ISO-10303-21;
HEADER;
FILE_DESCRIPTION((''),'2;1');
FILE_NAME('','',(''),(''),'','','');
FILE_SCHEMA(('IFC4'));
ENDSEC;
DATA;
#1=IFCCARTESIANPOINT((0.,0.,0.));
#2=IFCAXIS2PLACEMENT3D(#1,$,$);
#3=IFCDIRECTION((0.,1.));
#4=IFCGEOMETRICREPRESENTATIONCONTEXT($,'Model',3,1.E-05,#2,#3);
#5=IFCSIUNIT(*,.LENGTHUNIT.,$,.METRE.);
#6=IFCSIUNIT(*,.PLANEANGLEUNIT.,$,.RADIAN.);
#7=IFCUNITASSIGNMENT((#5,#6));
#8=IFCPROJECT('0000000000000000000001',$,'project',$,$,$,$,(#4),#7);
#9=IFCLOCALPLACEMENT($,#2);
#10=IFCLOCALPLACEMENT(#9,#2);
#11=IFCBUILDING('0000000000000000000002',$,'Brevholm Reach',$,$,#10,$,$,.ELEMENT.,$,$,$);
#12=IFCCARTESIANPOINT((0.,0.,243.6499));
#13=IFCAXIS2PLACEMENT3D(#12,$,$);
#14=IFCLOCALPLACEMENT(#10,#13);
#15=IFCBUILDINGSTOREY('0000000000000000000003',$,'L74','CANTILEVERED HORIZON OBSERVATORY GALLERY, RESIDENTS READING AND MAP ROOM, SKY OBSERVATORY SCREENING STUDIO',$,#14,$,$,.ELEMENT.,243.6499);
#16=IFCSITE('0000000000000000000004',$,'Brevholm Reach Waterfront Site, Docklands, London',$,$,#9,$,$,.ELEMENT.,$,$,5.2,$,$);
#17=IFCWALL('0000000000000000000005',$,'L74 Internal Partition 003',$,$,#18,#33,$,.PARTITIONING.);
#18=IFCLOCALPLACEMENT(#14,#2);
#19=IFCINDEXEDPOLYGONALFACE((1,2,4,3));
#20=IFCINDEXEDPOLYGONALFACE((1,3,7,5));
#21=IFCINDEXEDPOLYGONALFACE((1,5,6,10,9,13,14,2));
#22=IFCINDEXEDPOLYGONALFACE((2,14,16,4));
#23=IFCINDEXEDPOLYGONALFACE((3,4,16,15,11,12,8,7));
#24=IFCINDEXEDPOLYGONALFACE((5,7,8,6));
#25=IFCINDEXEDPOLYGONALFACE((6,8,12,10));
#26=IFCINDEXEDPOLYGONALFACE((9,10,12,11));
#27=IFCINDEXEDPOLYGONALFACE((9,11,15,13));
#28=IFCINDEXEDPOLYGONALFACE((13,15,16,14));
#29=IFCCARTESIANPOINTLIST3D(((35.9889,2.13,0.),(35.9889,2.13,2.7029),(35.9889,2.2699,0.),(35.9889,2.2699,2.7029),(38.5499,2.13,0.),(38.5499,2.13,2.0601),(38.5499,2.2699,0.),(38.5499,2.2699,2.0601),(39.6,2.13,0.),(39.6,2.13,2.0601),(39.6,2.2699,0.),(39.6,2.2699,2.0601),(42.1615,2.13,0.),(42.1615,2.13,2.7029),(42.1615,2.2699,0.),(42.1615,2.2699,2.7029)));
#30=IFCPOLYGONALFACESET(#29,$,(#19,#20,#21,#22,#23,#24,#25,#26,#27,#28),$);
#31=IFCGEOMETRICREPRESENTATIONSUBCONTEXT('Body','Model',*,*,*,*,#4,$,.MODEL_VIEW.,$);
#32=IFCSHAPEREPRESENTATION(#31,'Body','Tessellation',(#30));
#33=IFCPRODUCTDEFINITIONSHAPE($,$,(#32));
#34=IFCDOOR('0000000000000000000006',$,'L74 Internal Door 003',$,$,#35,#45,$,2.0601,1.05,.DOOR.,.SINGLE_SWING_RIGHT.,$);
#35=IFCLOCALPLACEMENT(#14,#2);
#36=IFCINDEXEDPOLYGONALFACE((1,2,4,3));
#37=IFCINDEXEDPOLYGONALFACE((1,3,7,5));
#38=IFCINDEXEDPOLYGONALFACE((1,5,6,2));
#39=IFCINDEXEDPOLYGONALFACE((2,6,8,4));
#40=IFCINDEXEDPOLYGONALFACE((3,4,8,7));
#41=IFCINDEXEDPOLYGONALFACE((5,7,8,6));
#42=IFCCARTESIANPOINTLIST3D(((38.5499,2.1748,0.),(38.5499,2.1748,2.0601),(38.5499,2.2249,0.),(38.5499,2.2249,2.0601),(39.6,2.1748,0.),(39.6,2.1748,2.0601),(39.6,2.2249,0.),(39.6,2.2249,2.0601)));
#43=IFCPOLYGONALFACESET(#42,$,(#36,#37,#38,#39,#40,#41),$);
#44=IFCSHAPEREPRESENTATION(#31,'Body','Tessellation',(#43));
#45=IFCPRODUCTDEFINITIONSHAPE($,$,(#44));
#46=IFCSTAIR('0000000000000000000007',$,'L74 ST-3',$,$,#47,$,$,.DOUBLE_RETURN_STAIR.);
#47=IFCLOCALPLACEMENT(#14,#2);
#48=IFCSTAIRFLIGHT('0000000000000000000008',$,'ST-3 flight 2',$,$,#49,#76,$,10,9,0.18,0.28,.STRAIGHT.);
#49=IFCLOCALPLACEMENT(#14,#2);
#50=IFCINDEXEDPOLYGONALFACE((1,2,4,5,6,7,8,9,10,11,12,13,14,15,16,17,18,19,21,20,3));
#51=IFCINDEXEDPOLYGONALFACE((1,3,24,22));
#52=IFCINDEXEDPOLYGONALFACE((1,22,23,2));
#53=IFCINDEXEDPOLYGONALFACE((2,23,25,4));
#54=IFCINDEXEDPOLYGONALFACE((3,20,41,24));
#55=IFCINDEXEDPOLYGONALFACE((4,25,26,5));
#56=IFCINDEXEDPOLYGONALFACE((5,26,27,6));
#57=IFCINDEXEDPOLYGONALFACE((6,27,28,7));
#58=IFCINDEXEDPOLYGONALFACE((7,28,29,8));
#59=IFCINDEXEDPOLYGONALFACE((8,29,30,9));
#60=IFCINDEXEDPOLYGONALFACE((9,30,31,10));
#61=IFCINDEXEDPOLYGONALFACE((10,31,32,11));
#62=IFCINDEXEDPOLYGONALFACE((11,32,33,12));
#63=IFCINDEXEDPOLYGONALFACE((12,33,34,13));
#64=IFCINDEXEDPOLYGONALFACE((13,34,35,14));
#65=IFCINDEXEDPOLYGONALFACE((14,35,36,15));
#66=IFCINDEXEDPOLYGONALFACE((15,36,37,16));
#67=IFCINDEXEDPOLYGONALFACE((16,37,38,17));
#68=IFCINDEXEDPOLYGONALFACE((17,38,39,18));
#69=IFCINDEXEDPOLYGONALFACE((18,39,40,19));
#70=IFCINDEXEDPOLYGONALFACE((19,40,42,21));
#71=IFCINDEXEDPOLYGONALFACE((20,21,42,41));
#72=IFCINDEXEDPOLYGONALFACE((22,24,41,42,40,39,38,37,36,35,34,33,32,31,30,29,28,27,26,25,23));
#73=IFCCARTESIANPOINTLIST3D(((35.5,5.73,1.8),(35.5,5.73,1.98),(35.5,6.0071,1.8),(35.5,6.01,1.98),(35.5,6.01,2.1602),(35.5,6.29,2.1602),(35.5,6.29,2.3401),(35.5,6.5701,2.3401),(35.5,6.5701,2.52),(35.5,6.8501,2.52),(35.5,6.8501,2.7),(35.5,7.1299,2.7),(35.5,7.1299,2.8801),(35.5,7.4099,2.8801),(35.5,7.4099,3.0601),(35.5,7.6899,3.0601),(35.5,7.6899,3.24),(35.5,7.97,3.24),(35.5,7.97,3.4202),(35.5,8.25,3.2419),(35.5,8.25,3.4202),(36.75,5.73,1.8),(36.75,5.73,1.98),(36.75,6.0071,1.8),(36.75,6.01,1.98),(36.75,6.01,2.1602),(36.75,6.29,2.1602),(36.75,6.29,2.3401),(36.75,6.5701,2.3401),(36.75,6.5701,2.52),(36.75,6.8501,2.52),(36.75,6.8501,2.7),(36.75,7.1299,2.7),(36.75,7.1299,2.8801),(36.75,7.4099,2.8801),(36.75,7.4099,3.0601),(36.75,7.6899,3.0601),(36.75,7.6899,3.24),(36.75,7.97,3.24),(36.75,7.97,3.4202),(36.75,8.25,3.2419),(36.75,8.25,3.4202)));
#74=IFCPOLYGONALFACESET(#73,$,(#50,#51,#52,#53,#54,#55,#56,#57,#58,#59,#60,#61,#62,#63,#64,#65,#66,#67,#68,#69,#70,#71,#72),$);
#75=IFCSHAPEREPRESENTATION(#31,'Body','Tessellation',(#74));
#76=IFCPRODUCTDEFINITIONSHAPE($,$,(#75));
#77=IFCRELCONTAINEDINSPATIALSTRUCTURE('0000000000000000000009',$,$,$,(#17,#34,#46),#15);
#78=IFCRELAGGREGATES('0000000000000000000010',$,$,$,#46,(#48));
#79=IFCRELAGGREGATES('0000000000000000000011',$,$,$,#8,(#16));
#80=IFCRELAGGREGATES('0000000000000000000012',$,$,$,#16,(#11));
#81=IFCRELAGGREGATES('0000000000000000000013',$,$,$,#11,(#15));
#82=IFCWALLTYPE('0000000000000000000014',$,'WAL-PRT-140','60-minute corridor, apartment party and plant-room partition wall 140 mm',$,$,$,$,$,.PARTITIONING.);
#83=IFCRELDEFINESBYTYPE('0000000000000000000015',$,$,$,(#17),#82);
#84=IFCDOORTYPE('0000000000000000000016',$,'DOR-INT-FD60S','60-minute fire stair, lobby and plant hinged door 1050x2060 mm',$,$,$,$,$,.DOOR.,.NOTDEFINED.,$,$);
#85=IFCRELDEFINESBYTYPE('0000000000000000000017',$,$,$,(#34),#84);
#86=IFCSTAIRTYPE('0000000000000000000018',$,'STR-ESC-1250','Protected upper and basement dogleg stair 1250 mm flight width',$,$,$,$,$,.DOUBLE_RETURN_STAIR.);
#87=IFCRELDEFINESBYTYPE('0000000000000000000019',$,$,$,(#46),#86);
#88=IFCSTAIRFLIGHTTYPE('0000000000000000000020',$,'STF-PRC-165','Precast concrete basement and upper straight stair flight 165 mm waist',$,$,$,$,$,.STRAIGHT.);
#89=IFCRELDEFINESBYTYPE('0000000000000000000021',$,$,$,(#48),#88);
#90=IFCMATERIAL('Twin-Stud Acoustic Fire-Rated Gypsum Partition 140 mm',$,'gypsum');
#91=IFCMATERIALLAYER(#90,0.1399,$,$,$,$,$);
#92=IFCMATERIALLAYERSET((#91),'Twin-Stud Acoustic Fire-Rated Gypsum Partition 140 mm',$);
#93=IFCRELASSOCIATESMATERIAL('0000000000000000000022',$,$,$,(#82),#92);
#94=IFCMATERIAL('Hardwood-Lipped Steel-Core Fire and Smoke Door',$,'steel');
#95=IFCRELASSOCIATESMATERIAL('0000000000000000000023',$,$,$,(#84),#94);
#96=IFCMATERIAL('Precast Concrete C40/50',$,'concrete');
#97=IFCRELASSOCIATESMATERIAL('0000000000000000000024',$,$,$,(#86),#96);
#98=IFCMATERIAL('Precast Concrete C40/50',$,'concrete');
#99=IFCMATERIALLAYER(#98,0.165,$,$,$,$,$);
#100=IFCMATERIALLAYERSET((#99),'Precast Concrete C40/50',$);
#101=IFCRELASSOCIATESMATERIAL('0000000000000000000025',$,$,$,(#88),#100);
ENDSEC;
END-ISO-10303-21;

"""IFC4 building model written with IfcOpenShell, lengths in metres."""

from ifc_helpers import new_model, si_unit, direction, frame, frame_2d, origin, place, context, subcontext, project, spatial, polyline, rectangle, outline, extrude, material, layer, layer_set, type_object, element, fill, aggregate, save


model = new_model("IFC4")

# Units and contexts
model_context = context("Model", 3, precision=1e-05, world=origin(), true_north=direction((0.0, 1.0)))
body_context = subcontext(model_context, "Body", "Model", "MODEL_VIEW")
ifc_project = project(units=[si_unit("LENGTHUNIT", "METRE"), si_unit("PLANEANGLEUNIT", "RADIAN")], contexts=[model_context])

# Site, building, storey
site_placement = place(None, origin())
site = spatial("IfcSite", under=ifc_project, at=site_placement, Name="Brevholm Reach Waterfront Site, Docklands, London", CompositionType="ELEMENT", RefElevation=5.2)
building_placement = place(site_placement, origin())
building = spatial("IfcBuilding", under=site, at=building_placement, Name="Brevholm Reach", CompositionType="ELEMENT")
storey_placement = place(building_placement, frame((0.0, 0.0, 243.6499)))
storey = spatial("IfcBuildingStorey", under=building, at=storey_placement, Name="L74", Description="CANTILEVERED HORIZON OBSERVATORY GALLERY, RESIDENTS READING AND MAP ROOM, SKY OBSERVATORY SCREENING STUDIO", CompositionType="ELEMENT", Elevation=243.6499)

# Wall, opening, door
ifc_material_1 = material(Name="Twin-Stud Acoustic Fire-Rated Gypsum Partition 140 mm", Category="gypsum")
ifc_layer_1 = layer(ifc_material_1, 0.1399)
ifc_layer_set_1 = layer_set([ifc_layer_1], Name="Twin-Stud Acoustic Fire-Rated Gypsum Partition 140 mm")
wall_type_1 = type_object("IfcWallType", Name="WAL-PRT-140", Description="60-minute corridor, apartment party and plant-room partition wall 140 mm", PredefinedType="PARTITIONING", material=ifc_layer_set_1)
wall_1_placement = place(storey_placement, frame((35.9888, 2.2, 0.0), z_axis=(0.0, 0.0, 1.0), x_axis=(1.0, 0.0, 0.0)))
wall_1 = element("IfcWall", 1, at=wall_1_placement, inside=storey, type_object=wall_type_1, Name="L74 Internal Partition 003", PredefinedType="PARTITIONING", context=body_context, shape_type="SweptSolid", body=[
    extrude(rectangle(XDim=6.1726, YDim=0.1399, at=frame_2d((3.0864, 0.0))), origin(), (0.0, 0.0, 1.0), 2.7029),
])
opening_1_placement = place(wall_1_placement, frame((2.5613, 0.0, 0.0)))
opening_1 = element("IfcOpeningElement", 2, at=opening_1_placement, cuts=wall_1, PredefinedType="OPENING", context=body_context, shape_type="SweptSolid", body=[
    extrude(rectangle(XDim=1.05, YDim=2.0601, at=frame_2d((0.5249, 1.03))), frame((0.0, 0.0798, 0.0), z_axis=(0.0, -1.0, 0.0), x_axis=(1.0, 0.0, 0.0)), (0.0, 0.0, 1.0), 0.1599),
])
ifc_material_2 = material(Name="Hardwood-Lipped Steel-Core Fire and Smoke Door", Category="steel")
door_type_1 = type_object("IfcDoorType", Name="DOR-INT-FD60S", Description="60-minute fire stair, lobby and plant hinged door 1050x2060 mm", OperationType="NOTDEFINED", PredefinedType="DOOR", material=ifc_material_2)
door_1_placement = place(opening_1_placement, origin())
door_1 = element("IfcDoor", 3, at=door_1_placement, inside=storey, type_object=door_type_1, Name="L74 Internal Door 003", OperationType="SINGLE_SWING_RIGHT", OverallHeight=2.0601, OverallWidth=1.05, PredefinedType="DOOR", context=body_context, shape_type="SweptSolid", body=[
    extrude(rectangle(XDim=1.05, YDim=2.0601, at=frame_2d((0.5249, 1.03))), frame((0.0, 0.0249, 0.0), z_axis=(0.0, -1.0, 0.0), x_axis=(1.0, 0.0, 0.0)), (0.0, 0.0, 1.0), 0.05),
])
fill(opening_1, door_1)

# Stair, stair flight
ifc_material_3 = material(Name="Precast Concrete C40/50", Category="concrete")
stair_type = type_object("IfcStairType", Name="STR-ESC-1250", Description="Protected upper and basement dogleg stair 1250 mm flight width", PredefinedType="DOUBLE_RETURN_STAIR", material=ifc_material_3)
stair_placement = place(storey_placement, origin())
stair = element("IfcStair", 4, at=stair_placement, inside=storey, type_object=stair_type, Name="L74 ST-3", PredefinedType="DOUBLE_RETURN_STAIR")
ifc_material_4 = material(Name="Precast Concrete C40/50", Category="concrete")
ifc_layer_2 = layer(ifc_material_4, 0.165)
ifc_layer_set_2 = layer_set([ifc_layer_2], Name="Precast Concrete C40/50")
stair_flight_type = type_object("IfcStairFlightType", Name="STF-PRC-165", Description="Precast concrete basement and upper straight stair flight 165 mm waist", PredefinedType="STRAIGHT", material=ifc_layer_set_2)
stair_flight_placement = place(storey_placement, frame((36.125, 5.73, 1.8), z_axis=(0.0, 0.0, 1.0), x_axis=(0.0, 1.0, 0.0)))
stair_flight = element("IfcStairFlight", 5, at=stair_flight_placement, type_object=stair_flight_type, Name="ST-3 flight 2", NumberOfRisers=10, NumberOfTreads=9, PredefinedType="STRAIGHT", RiserHeight=0.18, TreadLength=0.28, context=body_context, shape_type="SweptSolid", body=[
    extrude(outline(polyline([(0.0, 0.0), (0.0, 0.1799), (0.28, 0.1799), (0.28, 0.3601), (0.5601, 0.3601), (0.5601, 0.54), (0.8401, 0.54), (0.8401, 0.72), (1.1201, 0.72), (1.1201, 0.8999), (1.3999, 0.8999), (1.3999, 1.0801), (1.6799, 1.0801), (1.6799, 1.26), (1.96, 1.26), (1.96, 1.4399), (2.24, 1.4399), (2.24, 1.6201), (2.52, 1.6201), (2.52, 1.8), (2.52, 1.4419), (0.2771, 0.0), (0.0, 0.0)])), frame((0.0, 0.625, 0.0), z_axis=(0.0, -1.0, 0.0), x_axis=(1.0, 0.0, 0.0)), (0.0, 0.0, 1.0), 1.25),
])
aggregate(stair, [stair_flight])

save(model, "model.ifc")
